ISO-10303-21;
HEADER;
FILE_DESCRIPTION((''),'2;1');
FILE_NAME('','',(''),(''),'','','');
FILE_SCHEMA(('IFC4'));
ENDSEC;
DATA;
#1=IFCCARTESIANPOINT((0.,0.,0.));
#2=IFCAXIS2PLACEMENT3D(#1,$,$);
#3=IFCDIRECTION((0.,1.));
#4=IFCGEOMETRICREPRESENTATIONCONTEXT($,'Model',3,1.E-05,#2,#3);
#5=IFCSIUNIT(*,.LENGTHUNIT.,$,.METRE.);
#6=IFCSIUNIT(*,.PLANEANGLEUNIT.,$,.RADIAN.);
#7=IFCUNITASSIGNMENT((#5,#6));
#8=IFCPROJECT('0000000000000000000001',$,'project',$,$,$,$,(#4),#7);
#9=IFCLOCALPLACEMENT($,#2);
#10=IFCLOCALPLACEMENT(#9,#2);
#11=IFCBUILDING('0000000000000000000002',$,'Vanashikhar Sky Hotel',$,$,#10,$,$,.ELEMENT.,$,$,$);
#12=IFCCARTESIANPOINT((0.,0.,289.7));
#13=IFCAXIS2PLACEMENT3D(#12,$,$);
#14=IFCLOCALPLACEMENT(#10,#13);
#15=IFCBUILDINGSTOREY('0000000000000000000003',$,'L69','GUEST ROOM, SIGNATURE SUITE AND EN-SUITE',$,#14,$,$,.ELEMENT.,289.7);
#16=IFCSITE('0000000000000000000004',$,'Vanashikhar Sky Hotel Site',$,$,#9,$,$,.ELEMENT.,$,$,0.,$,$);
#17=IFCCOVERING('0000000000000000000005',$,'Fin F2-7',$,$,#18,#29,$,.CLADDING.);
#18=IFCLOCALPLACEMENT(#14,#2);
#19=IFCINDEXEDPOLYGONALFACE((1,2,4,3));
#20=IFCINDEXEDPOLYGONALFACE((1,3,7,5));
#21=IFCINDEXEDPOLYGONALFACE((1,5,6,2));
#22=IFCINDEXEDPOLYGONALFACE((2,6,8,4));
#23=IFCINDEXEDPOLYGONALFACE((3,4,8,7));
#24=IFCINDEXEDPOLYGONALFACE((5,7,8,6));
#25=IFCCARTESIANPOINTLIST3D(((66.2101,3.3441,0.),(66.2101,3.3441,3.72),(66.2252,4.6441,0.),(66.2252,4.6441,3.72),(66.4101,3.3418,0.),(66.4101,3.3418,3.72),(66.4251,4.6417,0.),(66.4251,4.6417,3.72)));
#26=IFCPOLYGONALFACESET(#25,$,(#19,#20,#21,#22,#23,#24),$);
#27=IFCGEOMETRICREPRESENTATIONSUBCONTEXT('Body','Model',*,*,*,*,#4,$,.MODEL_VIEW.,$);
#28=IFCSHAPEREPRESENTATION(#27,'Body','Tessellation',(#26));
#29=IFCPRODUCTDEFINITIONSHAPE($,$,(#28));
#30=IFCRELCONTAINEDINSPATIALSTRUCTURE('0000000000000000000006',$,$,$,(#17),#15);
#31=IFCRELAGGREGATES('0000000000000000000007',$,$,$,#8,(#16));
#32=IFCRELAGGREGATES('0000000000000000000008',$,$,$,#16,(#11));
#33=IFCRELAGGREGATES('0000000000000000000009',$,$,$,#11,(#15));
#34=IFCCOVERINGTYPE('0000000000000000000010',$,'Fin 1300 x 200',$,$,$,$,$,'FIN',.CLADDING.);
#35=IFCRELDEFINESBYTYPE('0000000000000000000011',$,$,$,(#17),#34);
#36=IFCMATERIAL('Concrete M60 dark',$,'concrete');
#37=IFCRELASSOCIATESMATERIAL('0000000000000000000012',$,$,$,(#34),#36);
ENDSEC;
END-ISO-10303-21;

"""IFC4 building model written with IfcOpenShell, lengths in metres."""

from ifc_helpers import new_model, si_unit, direction, frame, origin, origin_2d, place, context, subcontext, project, spatial, rectangle, extrude, source, transform, mapped, material, material_profile, profile_set, type_object, element, save


model = new_model("IFC4")

# Units and contexts
model_context = context("Model", 3, precision=1e-05, world=origin(), true_north=direction((0.0, 1.0)))
body_context = subcontext(model_context, "Body", "Model", "MODEL_VIEW")
ifc_project = project(units=[si_unit("LENGTHUNIT", "METRE"), si_unit("PLANEANGLEUNIT", "RADIAN")], contexts=[model_context])

# Site, building, storey
site_placement = place(None, origin())
site = spatial("IfcSite", under=ifc_project, at=site_placement, Name="Vanashikhar Sky Hotel Site", CompositionType="ELEMENT", RefElevation=0.0)
building_placement = place(site_placement, origin())
building = spatial("IfcBuilding", under=site, at=building_placement, Name="Vanashikhar Sky Hotel", CompositionType="ELEMENT")
storey_placement = place(building_placement, frame((0.0, 0.0, 289.7)))
storey = spatial("IfcBuildingStorey", under=building, at=storey_placement, Name="L69", Description="GUEST ROOM, SIGNATURE SUITE AND EN-SUITE", CompositionType="ELEMENT", Elevation=289.7)

# Covering
ifc_material_1 = material(Name="Concrete M60 dark", Category="concrete")
ifc_material_profile_1 = material_profile(ifc_material_1, rectangle(XDim=1.3, YDim=0.2, at=origin_2d()))
ifc_profile_set_1 = profile_set([ifc_material_profile_1], Name="Fin 1300 x 200")
covering_type = type_object("IfcCoveringType", Name="Fin 1300 x 200", ElementType="FIN", PredefinedType="CLADDING", material=ifc_profile_set_1)
shared_shape_1 = source(origin(), body_context, "Body", "SweptSolid", [
    extrude(rectangle(XDim=1.3, YDim=0.2, at=origin_2d()), origin(), (0.0, 0.0, 1.0), 3.72),
])
for number, where, z_axis, x_axis, name in (
    (1, (66.3176, 3.9929, 0.0), (0.0, 0.0, 1.0), (-0.011589, -0.999933, 0.0), "Fin F2-7"),
):
    element("IfcCovering", number, at=place(storey_placement, frame(where, z_axis=z_axis, x_axis=x_axis)), inside=storey, type_object=covering_type, Name=name, PredefinedType="CLADDING", context=body_context, shape_type="MappedRepresentation", body=[
        mapped(shared_shape_1, transform((0.0, 0.0, 0.0), scale=1.0)),
    ])

save(model, "model.ifc")
